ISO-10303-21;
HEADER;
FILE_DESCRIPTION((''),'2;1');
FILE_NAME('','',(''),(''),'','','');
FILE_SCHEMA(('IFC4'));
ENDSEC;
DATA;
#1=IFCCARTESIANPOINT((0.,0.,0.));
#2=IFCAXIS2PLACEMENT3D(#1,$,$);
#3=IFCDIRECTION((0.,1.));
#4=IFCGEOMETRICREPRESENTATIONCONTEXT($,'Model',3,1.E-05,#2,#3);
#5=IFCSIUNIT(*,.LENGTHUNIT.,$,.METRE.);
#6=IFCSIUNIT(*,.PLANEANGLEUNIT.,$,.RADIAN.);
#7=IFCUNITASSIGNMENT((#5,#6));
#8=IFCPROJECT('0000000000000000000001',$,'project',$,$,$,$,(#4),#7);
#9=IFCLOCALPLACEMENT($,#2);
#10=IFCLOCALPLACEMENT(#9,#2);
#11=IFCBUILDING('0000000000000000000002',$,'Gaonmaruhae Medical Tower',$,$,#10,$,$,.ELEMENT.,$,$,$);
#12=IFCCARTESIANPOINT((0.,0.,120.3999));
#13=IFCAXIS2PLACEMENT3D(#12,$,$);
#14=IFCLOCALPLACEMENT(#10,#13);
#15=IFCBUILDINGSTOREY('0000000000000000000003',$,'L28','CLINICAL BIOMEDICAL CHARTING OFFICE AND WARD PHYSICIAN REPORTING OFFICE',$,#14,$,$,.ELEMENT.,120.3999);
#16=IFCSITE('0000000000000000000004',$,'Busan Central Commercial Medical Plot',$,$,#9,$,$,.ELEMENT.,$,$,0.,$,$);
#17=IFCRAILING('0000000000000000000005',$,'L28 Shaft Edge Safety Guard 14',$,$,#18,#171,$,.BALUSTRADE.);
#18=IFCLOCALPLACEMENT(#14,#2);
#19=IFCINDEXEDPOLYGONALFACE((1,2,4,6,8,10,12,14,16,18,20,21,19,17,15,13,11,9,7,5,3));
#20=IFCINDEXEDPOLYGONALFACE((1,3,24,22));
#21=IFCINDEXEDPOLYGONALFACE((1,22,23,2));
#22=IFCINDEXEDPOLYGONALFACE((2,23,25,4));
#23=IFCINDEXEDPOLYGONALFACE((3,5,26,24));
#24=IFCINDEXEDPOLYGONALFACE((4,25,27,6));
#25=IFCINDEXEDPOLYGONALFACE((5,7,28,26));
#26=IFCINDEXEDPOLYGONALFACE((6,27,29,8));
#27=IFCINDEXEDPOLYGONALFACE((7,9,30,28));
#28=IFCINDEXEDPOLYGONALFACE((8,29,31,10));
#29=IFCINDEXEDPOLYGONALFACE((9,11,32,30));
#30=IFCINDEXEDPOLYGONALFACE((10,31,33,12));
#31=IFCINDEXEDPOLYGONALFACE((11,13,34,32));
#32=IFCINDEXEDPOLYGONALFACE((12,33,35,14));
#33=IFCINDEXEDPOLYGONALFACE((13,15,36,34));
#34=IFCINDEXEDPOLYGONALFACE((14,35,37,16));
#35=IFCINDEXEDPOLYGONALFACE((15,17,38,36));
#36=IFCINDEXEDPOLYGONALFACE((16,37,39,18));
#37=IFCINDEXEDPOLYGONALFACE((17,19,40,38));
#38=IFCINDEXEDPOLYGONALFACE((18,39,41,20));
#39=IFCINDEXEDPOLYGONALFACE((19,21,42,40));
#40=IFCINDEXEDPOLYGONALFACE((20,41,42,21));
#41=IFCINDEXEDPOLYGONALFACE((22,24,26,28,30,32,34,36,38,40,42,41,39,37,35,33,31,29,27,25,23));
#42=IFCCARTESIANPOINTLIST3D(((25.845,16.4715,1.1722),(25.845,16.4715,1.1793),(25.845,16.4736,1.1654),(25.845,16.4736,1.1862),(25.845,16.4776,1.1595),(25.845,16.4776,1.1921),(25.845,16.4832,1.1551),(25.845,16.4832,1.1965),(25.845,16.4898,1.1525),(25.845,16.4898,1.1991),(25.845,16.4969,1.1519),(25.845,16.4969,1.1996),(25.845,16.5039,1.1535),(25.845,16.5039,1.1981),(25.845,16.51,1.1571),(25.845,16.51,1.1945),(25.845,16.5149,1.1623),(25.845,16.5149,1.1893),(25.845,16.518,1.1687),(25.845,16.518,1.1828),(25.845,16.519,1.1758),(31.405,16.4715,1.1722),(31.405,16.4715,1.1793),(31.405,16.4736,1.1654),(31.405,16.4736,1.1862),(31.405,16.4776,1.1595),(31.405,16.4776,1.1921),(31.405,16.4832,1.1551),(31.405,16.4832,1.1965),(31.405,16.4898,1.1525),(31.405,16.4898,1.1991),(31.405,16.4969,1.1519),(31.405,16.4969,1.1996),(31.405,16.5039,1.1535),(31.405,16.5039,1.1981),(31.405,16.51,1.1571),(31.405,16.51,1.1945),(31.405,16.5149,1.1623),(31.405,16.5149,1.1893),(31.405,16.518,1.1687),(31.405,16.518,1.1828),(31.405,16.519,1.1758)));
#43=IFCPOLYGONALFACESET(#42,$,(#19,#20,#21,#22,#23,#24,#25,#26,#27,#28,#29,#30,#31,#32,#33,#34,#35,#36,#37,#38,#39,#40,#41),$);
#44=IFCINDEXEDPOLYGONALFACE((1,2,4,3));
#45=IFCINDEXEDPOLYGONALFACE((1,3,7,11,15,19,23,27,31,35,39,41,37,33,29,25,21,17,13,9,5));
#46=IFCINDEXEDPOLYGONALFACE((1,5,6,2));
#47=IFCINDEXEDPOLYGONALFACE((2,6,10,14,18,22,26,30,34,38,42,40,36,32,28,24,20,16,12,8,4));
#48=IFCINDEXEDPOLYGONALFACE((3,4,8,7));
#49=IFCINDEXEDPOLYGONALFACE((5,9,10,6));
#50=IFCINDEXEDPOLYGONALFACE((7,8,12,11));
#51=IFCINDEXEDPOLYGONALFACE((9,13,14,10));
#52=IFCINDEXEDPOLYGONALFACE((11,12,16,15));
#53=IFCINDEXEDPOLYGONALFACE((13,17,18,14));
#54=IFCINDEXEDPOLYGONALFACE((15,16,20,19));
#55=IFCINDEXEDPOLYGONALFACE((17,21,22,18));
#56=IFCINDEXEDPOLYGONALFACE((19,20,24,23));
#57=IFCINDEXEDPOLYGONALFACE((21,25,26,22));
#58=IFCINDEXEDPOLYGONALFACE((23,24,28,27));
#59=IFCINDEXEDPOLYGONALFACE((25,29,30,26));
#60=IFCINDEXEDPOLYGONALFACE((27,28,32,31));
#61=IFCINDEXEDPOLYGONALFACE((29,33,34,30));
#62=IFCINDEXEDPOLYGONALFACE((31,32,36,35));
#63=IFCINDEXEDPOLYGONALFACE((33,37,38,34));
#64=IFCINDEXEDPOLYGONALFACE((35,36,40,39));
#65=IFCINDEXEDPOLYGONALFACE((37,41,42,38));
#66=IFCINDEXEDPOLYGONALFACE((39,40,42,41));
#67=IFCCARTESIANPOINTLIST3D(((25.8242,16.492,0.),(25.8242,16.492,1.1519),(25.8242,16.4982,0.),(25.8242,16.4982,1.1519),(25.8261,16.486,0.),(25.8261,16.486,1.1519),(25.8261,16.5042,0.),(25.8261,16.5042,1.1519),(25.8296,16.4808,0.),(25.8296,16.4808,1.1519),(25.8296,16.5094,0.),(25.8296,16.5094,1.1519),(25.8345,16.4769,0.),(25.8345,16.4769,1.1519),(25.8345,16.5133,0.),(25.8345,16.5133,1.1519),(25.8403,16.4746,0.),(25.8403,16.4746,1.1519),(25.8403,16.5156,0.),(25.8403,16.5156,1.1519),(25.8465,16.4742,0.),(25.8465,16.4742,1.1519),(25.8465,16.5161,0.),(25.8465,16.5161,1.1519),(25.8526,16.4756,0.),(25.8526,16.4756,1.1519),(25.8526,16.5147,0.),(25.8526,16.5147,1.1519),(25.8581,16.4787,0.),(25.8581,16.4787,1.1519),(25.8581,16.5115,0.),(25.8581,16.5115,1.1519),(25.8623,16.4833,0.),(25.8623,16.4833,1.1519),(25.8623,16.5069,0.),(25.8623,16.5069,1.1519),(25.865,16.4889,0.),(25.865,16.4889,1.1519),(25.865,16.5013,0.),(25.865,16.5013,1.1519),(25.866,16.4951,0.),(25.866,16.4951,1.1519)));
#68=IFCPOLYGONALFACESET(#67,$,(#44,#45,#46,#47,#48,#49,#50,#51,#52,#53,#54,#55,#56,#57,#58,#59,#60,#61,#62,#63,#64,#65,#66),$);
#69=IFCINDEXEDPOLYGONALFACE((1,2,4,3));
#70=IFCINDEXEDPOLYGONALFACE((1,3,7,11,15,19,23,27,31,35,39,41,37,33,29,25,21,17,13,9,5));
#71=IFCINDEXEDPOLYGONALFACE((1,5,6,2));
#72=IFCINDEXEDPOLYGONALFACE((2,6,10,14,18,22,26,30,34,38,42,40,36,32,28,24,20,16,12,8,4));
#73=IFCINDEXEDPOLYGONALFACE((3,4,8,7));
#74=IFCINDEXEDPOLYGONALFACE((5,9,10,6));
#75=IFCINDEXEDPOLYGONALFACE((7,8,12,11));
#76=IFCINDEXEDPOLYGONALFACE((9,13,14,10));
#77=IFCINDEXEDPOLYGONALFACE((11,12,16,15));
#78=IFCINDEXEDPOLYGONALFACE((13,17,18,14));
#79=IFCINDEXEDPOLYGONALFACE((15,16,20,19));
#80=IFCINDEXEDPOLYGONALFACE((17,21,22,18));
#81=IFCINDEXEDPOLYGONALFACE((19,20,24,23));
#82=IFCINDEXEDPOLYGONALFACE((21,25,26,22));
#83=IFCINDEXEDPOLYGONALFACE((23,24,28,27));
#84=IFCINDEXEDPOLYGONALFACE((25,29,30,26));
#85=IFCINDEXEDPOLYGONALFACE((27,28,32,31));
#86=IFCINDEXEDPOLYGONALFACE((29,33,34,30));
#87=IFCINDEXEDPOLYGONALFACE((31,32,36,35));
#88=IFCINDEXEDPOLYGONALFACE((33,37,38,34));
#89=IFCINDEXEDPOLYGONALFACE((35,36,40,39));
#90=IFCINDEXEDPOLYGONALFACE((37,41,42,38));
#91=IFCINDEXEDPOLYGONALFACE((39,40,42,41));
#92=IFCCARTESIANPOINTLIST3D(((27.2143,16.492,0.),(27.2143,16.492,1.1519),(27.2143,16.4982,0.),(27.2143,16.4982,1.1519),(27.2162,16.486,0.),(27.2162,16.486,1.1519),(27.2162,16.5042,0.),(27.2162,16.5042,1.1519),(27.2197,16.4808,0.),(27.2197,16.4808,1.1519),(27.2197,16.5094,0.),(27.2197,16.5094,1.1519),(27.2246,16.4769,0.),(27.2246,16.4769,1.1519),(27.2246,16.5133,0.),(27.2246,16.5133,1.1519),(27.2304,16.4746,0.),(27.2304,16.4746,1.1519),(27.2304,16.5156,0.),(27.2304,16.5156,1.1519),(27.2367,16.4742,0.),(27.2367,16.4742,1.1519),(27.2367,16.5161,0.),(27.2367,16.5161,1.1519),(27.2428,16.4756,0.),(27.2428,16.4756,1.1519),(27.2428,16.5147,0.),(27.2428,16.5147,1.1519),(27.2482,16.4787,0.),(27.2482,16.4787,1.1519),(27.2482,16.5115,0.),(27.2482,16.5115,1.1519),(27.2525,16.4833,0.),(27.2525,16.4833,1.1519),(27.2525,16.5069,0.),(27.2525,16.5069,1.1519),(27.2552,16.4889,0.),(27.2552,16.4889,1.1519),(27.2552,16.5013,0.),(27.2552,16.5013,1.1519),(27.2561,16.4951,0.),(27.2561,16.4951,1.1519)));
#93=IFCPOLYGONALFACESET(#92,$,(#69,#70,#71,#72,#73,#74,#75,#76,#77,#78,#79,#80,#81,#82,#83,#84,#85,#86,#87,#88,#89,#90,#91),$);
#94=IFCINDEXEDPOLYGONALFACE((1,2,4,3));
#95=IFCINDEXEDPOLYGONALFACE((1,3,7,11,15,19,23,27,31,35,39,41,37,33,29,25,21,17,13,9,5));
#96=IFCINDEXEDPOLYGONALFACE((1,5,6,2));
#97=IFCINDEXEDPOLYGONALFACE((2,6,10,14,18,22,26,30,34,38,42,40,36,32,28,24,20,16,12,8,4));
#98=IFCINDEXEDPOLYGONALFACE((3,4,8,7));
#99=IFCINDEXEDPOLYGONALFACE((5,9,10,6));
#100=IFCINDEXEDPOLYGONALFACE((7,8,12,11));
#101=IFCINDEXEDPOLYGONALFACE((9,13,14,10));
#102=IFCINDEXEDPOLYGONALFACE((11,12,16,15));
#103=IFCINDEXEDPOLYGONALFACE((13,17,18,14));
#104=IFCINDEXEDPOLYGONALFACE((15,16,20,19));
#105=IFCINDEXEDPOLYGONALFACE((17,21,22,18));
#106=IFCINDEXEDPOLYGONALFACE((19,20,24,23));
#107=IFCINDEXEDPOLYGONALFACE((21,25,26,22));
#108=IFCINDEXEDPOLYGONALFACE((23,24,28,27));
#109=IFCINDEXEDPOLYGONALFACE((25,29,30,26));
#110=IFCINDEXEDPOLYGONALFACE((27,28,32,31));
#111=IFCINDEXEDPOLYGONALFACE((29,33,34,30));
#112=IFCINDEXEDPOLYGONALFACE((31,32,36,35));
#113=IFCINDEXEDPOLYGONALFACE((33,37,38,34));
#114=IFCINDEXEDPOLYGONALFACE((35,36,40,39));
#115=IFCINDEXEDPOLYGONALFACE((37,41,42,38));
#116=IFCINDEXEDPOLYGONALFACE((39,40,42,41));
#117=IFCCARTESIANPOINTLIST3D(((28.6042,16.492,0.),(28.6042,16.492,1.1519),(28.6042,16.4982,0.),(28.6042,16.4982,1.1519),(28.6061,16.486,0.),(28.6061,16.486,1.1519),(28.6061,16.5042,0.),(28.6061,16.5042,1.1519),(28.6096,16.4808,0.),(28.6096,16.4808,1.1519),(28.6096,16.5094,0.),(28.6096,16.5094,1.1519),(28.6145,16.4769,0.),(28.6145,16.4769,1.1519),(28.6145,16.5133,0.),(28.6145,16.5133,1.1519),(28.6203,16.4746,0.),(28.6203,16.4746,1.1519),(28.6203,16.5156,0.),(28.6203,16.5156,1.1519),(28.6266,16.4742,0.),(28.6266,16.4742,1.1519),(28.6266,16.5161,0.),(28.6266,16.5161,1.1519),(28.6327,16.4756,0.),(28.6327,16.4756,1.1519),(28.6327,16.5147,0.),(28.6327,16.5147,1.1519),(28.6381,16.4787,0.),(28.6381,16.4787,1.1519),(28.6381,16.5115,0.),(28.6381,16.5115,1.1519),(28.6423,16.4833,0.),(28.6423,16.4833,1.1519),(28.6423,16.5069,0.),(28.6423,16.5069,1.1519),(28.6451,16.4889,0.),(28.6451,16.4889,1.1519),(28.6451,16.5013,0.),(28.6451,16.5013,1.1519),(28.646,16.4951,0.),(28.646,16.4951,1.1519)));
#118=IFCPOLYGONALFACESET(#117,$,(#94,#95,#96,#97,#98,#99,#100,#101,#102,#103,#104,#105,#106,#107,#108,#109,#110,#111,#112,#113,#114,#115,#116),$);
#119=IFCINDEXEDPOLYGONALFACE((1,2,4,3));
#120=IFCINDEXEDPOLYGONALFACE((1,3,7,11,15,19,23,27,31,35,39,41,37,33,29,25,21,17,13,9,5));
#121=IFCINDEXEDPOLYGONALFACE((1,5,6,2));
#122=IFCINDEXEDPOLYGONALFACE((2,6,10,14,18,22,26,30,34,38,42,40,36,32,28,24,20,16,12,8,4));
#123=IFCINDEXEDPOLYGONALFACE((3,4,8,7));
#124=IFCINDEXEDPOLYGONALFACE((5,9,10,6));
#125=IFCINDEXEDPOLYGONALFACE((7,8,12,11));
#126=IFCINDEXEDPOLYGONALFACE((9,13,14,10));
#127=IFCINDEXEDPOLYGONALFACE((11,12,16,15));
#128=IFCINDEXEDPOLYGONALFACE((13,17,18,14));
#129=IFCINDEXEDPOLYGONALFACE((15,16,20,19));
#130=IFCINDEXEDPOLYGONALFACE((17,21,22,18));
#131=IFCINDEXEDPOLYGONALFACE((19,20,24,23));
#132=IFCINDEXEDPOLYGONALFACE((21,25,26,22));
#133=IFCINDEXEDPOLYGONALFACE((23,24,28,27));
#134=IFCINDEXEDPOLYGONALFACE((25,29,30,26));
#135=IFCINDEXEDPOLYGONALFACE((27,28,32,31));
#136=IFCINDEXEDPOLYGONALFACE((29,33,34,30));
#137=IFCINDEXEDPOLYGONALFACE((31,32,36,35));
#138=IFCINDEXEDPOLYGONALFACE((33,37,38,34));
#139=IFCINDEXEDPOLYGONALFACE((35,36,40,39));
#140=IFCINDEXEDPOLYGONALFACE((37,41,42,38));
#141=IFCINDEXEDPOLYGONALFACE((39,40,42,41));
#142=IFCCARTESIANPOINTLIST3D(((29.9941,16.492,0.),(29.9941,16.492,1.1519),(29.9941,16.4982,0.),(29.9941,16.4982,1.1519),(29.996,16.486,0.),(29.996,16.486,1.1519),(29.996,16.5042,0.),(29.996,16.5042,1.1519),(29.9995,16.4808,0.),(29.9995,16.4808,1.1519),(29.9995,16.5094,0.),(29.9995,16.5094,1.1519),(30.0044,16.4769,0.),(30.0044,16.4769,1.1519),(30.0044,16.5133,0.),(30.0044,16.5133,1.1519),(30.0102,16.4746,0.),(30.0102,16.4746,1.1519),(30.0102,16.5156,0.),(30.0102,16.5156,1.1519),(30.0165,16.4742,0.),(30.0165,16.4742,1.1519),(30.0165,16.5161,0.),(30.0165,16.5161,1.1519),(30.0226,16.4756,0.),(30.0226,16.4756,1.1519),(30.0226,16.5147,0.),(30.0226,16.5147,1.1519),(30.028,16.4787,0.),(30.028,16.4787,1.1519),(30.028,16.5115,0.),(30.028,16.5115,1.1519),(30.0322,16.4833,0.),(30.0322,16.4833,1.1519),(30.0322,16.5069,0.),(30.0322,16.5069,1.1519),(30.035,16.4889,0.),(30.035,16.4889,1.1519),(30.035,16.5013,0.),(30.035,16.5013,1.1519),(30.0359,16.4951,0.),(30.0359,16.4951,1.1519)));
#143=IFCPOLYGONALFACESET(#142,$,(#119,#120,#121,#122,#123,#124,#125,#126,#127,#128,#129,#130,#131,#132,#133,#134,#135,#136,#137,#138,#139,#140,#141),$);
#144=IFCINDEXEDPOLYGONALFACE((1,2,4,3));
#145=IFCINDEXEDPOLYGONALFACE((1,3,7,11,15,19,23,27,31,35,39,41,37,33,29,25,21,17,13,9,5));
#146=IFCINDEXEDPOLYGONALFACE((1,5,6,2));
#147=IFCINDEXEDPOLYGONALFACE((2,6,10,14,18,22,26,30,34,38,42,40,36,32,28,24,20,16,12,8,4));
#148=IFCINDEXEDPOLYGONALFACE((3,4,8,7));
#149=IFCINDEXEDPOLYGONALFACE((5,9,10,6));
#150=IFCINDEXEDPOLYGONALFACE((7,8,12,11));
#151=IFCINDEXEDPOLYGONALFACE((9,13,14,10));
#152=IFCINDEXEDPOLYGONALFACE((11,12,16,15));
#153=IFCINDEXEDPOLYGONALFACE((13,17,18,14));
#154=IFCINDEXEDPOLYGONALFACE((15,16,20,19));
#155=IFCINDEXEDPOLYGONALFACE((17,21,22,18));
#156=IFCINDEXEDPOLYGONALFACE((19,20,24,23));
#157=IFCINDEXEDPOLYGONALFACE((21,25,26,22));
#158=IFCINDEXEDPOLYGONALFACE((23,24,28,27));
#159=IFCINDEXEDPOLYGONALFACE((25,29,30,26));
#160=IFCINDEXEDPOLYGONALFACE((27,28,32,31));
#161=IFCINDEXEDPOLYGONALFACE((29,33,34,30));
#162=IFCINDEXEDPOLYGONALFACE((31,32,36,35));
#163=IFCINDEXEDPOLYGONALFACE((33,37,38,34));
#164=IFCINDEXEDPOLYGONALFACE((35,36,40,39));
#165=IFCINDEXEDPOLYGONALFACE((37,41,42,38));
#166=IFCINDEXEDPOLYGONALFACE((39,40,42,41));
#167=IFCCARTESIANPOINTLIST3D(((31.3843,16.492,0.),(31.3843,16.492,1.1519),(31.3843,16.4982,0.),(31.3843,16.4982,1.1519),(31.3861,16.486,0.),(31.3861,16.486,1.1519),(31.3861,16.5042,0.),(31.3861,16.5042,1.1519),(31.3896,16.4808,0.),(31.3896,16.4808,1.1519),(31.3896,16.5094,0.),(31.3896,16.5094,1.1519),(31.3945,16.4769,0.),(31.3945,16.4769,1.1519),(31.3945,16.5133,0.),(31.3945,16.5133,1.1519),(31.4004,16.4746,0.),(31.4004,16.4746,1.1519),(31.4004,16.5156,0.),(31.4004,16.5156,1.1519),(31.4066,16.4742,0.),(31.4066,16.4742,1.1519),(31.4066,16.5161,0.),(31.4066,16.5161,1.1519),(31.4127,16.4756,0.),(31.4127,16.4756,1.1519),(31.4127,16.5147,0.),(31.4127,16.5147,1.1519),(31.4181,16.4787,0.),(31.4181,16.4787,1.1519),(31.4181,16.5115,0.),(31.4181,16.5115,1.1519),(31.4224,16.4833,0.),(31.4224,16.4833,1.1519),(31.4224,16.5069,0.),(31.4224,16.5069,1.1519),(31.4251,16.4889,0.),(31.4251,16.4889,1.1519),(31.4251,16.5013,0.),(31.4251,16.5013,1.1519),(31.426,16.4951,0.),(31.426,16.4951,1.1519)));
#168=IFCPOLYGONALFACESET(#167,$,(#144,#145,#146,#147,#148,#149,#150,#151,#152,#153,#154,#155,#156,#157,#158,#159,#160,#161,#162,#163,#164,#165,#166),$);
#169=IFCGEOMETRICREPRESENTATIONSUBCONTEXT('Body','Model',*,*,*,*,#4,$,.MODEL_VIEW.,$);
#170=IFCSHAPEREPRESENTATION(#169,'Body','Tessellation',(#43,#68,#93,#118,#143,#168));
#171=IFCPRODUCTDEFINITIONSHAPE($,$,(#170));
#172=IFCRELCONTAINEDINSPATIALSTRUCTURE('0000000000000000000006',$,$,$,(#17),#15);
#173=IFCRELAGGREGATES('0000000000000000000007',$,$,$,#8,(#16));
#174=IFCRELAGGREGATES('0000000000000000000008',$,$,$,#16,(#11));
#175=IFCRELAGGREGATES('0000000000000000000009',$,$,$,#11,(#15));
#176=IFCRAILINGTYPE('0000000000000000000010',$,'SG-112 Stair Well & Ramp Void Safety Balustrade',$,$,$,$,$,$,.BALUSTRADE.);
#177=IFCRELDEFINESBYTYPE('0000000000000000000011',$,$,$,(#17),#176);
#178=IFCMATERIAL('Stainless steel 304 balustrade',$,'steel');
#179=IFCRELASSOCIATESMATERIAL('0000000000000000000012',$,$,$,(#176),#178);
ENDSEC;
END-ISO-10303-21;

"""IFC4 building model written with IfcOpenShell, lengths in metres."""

from ifc_helpers import new_model, si_unit, direction, frame, origin, origin_2d, place, context, subcontext, project, spatial, circle, extrude, material, type_object, element, save


model = new_model("IFC4")

# Units and contexts
model_context = context("Model", 3, precision=1e-05, world=origin(), true_north=direction((0.0, 1.0)))
body_context = subcontext(model_context, "Body", "Model", "MODEL_VIEW")
ifc_project = project(units=[si_unit("LENGTHUNIT", "METRE"), si_unit("PLANEANGLEUNIT", "RADIAN")], contexts=[model_context])

# Site, building, storey
site_placement = place(None, origin())
site = spatial("IfcSite", under=ifc_project, at=site_placement, Name="Busan Central Commercial Medical Plot", CompositionType="ELEMENT", RefElevation=0.0)
building_placement = place(site_placement, origin())
building = spatial("IfcBuilding", under=site, at=building_placement, Name="Gaonmaruhae Medical Tower", CompositionType="ELEMENT")
storey_placement = place(building_placement, frame((0.0, 0.0, 120.3999)))
storey = spatial("IfcBuildingStorey", under=building, at=storey_placement, Name="L28", Description="CLINICAL BIOMEDICAL CHARTING OFFICE AND WARD PHYSICIAN REPORTING OFFICE", CompositionType="ELEMENT", Elevation=120.3999)

# Railing
ifc_material_1 = material(Name="Stainless steel 304 balustrade", Category="steel")
railing_type_1 = type_object("IfcRailingType", Name="SG-112 Stair Well & Ramp Void Safety Balustrade", PredefinedType="BALUSTRADE", material=ifc_material_1)
railing_1_placement = place(storey_placement, frame((25.845, 16.4951, 0.0)))
element("IfcRailing", 1, at=railing_1_placement, inside=storey, type_object=railing_type_1, Name="L28 Shaft Edge Safety Guard 14", PredefinedType="BALUSTRADE", context=body_context, shape_type="SweptSolid", body=[
    extrude(circle(Radius=0.0239, at=origin_2d()), frame((0.0, 0.0, 1.1758), z_axis=(1.0, 0.0, 0.0), x_axis=(0.0, 1.0, 0.0)), (0.0, 0.0, 1.0), 5.5601),
    extrude(circle(Radius=0.021, at=origin_2d()), origin(), (0.0, 0.0, 1.0), 1.1519),
    extrude(circle(Radius=0.021, at=origin_2d()), frame((1.3901, 0.0, 0.0)), (0.0, 0.0, 1.0), 1.1519),
    extrude(circle(Radius=0.021, at=origin_2d()), frame((2.78, 0.0, 0.0)), (0.0, 0.0, 1.0), 1.1519),
    extrude(circle(Radius=0.021, at=origin_2d()), frame((4.1699, 0.0, 0.0)), (0.0, 0.0, 1.0), 1.1519),
    extrude(circle(Radius=0.021, at=origin_2d()), frame((5.5601, 0.0, 0.0)), (0.0, 0.0, 1.0), 1.1519),
])

save(model, "model.ifc")
